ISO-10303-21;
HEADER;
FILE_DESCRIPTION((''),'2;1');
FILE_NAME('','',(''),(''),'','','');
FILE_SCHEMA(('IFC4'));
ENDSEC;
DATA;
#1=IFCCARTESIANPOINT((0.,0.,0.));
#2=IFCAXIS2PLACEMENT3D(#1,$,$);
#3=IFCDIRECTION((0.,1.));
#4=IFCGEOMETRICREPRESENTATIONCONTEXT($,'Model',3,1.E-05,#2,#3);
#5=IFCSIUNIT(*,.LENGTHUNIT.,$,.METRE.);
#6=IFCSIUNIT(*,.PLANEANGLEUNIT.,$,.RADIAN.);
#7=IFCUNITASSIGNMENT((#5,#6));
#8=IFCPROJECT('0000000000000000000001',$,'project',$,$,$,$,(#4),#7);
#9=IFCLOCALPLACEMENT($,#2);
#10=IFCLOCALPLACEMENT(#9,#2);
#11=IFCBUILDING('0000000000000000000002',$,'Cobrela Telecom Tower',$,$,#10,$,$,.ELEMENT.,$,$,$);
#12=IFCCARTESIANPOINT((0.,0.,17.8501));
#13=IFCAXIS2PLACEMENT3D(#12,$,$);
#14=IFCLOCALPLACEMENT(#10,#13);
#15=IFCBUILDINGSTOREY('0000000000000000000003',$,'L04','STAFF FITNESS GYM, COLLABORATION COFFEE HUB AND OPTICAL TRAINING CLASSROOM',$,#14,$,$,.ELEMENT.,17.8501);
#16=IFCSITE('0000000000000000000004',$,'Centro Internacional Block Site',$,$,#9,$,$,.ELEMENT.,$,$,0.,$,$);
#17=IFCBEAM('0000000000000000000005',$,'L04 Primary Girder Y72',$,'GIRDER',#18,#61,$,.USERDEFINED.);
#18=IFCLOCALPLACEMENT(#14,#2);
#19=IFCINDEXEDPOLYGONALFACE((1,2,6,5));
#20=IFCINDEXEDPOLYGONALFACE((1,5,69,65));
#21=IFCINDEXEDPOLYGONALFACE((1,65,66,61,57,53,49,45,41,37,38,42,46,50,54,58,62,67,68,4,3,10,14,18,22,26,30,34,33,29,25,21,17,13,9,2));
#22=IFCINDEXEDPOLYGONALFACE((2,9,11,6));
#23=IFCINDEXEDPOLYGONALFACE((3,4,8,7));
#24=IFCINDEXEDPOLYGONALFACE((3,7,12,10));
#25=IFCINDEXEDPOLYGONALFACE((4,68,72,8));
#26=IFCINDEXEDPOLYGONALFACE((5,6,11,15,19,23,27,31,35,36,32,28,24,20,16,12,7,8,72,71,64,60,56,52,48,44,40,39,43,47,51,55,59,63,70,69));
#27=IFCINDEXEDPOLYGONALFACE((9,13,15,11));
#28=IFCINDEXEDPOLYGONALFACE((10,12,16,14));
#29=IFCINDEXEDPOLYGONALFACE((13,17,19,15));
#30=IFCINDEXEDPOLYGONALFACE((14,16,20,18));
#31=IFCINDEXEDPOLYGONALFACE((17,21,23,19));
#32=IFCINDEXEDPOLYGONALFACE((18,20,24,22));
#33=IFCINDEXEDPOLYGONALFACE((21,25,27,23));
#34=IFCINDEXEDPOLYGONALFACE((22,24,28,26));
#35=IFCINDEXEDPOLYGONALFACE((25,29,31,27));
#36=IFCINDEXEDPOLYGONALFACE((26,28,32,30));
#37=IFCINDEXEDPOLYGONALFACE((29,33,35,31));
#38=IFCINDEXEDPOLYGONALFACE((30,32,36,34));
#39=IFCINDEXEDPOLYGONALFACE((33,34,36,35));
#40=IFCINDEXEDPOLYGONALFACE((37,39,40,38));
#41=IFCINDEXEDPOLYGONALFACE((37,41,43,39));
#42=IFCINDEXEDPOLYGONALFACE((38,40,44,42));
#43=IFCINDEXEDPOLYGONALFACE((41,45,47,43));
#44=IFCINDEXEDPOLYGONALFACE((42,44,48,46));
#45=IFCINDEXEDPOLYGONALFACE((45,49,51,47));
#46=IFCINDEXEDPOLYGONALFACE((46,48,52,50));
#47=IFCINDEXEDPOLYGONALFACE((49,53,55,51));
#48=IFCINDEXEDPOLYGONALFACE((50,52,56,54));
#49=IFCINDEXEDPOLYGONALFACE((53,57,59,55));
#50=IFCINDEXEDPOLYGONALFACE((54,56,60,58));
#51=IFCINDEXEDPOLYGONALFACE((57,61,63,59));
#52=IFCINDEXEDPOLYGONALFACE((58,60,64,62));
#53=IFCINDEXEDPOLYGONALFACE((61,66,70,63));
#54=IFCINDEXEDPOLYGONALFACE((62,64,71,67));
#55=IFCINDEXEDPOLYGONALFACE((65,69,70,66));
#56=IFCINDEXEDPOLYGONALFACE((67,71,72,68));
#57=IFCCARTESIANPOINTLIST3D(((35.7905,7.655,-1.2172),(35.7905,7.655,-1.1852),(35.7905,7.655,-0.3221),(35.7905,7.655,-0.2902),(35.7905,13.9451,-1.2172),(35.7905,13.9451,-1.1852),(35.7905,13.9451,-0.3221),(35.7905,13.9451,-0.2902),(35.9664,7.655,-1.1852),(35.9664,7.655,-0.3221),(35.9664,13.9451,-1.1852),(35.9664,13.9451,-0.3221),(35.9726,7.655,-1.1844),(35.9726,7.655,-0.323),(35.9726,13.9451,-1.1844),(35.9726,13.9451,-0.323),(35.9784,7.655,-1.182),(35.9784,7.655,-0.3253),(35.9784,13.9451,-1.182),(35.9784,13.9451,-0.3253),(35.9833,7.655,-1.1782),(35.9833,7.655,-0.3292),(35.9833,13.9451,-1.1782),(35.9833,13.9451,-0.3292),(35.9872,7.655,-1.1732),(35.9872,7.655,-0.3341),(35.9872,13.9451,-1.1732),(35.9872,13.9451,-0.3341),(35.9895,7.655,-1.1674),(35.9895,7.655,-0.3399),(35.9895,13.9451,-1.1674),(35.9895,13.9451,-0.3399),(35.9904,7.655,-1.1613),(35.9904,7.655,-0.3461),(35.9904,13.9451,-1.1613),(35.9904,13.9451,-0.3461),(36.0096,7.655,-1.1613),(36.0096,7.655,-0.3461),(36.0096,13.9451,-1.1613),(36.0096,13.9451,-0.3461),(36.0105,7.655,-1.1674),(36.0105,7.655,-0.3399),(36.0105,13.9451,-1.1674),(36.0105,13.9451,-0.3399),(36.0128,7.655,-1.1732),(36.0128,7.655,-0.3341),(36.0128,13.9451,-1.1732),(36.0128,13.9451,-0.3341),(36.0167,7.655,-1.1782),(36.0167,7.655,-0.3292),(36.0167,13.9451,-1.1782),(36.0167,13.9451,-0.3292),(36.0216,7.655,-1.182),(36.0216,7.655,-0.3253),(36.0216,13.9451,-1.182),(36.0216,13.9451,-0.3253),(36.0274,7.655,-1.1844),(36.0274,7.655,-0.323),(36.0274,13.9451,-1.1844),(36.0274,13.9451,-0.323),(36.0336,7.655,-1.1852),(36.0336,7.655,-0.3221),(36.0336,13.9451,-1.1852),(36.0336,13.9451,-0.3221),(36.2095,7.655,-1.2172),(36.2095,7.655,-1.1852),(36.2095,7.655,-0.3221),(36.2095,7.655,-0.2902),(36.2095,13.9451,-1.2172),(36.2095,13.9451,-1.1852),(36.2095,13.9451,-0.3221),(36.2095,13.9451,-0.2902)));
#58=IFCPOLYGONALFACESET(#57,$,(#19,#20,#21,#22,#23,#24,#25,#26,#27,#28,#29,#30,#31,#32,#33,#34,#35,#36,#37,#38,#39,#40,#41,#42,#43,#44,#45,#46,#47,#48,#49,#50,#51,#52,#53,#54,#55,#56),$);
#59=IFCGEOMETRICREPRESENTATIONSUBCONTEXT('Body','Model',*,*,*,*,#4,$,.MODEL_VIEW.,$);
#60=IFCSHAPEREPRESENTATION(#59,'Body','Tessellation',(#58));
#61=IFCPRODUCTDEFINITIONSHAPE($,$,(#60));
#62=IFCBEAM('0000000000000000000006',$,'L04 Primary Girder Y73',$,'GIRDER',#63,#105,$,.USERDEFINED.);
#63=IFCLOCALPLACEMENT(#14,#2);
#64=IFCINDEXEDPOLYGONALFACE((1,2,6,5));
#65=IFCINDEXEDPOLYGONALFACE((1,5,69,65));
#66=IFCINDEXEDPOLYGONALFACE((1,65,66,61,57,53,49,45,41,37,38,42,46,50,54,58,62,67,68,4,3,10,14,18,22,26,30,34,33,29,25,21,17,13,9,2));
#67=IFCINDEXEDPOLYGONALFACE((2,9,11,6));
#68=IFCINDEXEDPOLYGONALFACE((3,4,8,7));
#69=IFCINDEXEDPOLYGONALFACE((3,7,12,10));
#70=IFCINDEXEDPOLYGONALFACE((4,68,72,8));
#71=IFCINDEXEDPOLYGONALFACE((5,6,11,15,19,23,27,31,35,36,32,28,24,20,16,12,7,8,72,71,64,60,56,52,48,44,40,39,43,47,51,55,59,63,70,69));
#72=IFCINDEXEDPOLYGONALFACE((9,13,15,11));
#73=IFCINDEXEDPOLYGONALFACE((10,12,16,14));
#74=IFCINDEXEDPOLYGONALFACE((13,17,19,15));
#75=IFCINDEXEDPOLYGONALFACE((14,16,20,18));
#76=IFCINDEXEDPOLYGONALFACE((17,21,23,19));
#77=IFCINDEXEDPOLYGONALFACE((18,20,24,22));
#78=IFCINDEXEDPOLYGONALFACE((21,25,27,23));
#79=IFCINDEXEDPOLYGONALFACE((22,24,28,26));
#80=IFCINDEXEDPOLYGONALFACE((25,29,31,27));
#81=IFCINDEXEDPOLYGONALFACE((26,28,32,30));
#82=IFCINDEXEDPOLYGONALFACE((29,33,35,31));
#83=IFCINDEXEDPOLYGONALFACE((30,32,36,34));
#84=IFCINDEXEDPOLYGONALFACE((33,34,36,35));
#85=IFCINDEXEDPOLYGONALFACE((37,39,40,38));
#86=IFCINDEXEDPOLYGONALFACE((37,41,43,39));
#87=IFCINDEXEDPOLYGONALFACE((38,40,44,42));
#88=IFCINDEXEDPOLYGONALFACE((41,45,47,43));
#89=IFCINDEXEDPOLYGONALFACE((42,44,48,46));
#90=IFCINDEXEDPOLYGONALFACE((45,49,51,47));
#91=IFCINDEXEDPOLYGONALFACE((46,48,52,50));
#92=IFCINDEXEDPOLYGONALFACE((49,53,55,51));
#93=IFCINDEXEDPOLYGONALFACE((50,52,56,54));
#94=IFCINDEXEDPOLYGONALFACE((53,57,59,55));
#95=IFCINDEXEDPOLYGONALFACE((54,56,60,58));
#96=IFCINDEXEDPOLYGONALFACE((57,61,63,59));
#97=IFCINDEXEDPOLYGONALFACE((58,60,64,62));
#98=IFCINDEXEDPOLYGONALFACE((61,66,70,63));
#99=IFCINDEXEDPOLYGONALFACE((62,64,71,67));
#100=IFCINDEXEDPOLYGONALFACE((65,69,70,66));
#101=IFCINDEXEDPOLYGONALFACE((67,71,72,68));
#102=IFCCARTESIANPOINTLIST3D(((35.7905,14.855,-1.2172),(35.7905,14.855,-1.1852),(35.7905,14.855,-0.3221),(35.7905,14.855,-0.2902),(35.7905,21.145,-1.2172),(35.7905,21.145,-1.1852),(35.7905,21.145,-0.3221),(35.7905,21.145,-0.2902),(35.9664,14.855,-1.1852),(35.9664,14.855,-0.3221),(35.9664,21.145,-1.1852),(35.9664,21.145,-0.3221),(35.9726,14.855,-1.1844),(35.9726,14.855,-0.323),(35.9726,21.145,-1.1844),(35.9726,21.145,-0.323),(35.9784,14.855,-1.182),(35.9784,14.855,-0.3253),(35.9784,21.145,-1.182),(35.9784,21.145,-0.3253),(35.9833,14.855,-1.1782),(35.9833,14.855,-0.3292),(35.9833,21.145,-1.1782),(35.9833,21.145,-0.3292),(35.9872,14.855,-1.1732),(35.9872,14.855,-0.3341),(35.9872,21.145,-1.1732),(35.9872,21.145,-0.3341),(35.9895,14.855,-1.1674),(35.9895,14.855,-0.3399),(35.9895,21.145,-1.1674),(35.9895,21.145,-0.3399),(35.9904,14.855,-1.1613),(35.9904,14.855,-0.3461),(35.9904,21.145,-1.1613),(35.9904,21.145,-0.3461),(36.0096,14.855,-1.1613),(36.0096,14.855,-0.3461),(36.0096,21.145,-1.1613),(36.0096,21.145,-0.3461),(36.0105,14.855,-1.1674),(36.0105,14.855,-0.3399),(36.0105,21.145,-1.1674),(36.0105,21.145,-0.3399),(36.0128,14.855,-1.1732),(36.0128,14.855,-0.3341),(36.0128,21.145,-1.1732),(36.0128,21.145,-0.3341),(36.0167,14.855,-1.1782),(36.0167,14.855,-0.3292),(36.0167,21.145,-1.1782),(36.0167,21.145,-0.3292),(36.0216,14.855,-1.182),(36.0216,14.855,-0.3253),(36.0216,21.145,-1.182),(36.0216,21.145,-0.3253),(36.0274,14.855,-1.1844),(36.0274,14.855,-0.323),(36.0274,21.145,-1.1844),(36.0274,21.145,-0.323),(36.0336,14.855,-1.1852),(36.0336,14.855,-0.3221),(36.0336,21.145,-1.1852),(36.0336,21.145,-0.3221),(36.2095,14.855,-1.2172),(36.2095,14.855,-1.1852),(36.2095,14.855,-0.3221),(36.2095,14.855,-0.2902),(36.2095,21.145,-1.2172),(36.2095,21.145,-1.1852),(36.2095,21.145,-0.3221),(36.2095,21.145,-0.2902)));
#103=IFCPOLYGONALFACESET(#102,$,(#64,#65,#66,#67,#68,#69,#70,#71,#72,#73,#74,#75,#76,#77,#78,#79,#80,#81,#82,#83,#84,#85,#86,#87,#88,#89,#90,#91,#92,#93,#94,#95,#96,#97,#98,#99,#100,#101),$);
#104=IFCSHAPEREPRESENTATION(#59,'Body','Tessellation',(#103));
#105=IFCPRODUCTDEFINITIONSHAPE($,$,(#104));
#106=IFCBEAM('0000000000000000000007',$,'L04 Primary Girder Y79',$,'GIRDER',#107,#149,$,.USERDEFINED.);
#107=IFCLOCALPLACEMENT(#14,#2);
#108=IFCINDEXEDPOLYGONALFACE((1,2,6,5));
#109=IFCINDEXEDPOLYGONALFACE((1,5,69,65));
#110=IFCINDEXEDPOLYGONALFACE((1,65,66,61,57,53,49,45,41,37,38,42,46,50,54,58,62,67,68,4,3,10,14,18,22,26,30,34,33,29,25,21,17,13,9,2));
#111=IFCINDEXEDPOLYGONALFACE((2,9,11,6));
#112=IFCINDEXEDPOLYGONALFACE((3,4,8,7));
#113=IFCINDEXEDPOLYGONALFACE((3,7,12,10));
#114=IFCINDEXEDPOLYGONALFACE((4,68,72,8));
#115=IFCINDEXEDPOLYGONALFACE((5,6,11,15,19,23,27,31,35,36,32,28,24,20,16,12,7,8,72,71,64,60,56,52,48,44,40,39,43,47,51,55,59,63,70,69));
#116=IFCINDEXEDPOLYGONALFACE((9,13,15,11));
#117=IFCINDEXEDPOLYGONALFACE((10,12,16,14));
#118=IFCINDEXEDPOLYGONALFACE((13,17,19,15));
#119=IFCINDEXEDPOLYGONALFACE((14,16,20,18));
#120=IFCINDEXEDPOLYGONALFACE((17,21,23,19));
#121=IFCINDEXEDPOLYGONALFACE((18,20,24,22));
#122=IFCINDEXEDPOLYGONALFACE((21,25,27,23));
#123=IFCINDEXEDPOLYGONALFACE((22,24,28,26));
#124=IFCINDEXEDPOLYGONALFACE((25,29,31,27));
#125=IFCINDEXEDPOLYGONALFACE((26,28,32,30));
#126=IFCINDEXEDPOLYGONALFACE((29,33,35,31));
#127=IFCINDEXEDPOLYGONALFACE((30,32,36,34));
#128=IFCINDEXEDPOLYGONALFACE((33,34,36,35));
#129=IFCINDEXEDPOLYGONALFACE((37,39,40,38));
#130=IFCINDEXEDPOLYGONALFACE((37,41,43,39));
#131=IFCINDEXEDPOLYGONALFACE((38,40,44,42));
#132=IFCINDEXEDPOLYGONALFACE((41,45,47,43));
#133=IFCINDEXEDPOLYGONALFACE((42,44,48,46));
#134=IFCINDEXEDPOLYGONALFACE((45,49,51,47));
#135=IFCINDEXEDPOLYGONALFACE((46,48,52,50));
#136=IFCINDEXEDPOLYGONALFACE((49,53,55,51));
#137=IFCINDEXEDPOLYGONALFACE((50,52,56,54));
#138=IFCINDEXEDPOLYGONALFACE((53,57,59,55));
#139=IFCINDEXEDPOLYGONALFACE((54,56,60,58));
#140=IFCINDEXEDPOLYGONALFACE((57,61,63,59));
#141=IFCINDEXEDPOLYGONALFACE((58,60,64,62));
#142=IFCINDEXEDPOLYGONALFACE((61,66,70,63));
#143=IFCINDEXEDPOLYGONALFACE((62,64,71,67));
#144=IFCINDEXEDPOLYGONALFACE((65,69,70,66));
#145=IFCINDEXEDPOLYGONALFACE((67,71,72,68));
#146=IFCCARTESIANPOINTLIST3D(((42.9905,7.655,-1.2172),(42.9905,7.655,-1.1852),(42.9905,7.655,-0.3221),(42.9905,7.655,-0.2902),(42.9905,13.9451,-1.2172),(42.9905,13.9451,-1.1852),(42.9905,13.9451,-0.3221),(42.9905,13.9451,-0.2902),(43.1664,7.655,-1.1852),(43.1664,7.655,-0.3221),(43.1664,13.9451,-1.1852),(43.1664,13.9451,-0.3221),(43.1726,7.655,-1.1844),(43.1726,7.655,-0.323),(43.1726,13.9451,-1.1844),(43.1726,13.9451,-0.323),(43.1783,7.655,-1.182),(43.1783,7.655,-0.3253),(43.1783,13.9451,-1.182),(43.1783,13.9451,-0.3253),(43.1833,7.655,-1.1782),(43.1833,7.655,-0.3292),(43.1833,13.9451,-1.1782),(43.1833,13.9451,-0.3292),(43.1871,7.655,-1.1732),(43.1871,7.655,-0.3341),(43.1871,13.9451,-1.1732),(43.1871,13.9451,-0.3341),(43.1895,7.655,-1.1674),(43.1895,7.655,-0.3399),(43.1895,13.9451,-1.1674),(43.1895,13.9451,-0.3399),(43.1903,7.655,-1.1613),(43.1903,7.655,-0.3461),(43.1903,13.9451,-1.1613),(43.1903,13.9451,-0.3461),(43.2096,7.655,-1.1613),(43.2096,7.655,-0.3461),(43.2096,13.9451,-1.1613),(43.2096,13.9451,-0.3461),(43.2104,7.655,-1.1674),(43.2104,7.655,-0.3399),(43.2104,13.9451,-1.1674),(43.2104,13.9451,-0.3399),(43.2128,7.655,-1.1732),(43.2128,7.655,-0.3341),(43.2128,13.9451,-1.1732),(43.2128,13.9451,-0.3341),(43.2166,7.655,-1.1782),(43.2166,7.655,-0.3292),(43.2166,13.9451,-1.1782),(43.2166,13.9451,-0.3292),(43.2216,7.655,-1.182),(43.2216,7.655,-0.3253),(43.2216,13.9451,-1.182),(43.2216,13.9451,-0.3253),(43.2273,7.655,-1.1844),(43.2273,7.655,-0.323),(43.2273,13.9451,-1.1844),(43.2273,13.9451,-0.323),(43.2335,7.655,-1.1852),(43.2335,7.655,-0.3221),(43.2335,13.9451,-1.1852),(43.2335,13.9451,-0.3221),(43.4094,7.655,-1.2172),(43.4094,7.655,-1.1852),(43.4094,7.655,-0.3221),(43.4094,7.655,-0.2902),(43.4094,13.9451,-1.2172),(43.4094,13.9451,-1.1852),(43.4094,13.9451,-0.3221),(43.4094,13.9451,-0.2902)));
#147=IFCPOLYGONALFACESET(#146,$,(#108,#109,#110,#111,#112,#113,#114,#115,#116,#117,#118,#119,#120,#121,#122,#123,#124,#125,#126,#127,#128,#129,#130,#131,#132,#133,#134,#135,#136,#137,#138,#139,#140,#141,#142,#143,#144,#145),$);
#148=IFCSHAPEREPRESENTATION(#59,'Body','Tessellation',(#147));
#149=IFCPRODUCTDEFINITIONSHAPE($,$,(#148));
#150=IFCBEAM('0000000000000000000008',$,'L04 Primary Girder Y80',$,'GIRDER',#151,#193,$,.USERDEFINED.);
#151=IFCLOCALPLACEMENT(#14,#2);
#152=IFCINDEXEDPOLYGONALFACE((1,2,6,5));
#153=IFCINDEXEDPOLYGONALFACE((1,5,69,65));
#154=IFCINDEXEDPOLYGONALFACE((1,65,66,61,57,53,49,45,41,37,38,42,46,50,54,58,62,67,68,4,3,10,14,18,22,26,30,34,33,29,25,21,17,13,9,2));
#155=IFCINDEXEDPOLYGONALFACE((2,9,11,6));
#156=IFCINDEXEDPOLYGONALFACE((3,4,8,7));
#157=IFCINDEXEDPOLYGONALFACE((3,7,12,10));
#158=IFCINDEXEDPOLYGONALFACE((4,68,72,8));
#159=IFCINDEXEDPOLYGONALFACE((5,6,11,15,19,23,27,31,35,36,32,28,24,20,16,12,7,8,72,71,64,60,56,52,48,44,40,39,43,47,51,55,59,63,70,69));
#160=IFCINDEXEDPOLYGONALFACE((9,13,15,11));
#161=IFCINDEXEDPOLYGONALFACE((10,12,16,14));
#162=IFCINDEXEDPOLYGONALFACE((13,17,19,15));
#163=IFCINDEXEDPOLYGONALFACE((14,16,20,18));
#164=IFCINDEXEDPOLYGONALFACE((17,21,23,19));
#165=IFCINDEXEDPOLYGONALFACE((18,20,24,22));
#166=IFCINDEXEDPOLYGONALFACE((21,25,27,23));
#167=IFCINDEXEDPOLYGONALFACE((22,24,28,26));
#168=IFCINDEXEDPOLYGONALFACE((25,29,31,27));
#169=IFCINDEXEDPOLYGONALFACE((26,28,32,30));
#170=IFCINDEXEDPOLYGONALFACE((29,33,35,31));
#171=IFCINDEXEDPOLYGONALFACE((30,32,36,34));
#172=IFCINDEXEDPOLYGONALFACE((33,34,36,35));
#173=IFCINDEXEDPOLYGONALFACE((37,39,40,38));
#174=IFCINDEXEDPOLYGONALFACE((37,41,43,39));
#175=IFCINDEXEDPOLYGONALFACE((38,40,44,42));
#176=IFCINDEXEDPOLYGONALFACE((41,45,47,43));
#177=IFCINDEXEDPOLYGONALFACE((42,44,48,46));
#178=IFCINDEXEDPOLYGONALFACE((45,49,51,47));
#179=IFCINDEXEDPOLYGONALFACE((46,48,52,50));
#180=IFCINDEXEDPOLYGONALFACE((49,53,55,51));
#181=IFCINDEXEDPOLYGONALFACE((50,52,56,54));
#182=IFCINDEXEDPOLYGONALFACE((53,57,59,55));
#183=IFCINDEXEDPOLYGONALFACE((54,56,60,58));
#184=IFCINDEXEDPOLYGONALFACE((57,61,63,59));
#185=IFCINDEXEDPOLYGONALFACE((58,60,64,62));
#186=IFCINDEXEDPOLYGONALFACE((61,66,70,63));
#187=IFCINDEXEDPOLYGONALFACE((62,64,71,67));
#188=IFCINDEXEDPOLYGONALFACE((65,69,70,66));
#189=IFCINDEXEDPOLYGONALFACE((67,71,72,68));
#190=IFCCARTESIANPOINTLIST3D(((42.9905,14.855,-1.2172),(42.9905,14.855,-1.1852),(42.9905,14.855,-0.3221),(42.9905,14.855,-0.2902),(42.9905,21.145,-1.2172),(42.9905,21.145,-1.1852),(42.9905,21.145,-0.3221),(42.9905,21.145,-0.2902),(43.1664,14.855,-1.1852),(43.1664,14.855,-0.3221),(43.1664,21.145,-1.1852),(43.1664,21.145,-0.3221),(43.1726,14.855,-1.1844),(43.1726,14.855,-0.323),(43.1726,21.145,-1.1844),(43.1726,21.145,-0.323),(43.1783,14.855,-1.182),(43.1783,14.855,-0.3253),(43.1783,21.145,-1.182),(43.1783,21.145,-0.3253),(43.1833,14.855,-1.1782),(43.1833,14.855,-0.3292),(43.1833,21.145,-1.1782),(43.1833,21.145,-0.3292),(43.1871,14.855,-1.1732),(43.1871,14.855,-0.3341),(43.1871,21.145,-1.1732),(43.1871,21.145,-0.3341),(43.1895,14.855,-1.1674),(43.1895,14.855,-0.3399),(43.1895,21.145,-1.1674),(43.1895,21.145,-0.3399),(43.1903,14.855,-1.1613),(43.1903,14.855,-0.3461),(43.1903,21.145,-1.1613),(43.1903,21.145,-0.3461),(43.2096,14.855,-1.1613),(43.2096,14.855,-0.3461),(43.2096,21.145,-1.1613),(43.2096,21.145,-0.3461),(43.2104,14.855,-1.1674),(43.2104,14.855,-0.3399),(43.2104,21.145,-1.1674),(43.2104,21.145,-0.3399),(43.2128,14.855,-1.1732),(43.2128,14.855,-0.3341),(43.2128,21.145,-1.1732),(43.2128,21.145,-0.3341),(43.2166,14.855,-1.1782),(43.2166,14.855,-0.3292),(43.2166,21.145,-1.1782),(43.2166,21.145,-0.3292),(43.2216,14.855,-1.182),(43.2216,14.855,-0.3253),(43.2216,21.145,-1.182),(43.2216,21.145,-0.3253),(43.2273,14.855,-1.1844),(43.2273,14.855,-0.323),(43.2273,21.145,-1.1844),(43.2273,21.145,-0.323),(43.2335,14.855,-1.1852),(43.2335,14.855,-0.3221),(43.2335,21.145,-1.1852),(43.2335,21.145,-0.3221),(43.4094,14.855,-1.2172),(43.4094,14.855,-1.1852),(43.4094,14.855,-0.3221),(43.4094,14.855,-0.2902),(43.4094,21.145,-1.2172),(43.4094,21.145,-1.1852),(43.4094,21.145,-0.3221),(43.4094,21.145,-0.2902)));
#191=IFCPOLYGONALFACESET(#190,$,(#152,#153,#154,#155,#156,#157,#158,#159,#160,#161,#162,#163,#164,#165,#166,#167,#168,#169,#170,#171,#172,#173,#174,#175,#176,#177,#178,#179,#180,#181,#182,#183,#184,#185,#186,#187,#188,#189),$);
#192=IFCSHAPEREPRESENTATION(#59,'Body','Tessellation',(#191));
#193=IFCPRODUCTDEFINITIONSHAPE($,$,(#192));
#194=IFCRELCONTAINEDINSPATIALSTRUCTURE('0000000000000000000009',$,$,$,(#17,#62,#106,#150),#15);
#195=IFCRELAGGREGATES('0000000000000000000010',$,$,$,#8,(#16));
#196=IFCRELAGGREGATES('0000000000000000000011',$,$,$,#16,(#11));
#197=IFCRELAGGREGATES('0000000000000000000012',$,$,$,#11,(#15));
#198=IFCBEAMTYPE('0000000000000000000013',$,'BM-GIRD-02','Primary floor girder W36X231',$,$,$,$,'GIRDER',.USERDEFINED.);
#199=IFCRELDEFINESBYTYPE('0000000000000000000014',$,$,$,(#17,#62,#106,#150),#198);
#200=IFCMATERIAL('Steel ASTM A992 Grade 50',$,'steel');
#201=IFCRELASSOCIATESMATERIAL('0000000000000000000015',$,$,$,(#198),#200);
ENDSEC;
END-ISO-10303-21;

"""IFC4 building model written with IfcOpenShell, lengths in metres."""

from ifc_helpers import new_model, si_unit, direction, frame, origin, origin_2d, place, context, subcontext, project, spatial, i_section, extrude, material, material_profile, profile_set, type_object, element, save


model = new_model("IFC4")

# Units and contexts
model_context = context("Model", 3, precision=1e-05, world=origin(), true_north=direction((0.0, 1.0)))
body_context = subcontext(model_context, "Body", "Model", "MODEL_VIEW")
ifc_project = project(units=[si_unit("LENGTHUNIT", "METRE"), si_unit("PLANEANGLEUNIT", "RADIAN")], contexts=[model_context])

# Site, building, storey
site_placement = place(None, origin())
site = spatial("IfcSite", under=ifc_project, at=site_placement, Name="Centro Internacional Block Site", CompositionType="ELEMENT", RefElevation=0.0)
building_placement = place(site_placement, origin())
building = spatial("IfcBuilding", under=site, at=building_placement, Name="Cobrela Telecom Tower", CompositionType="ELEMENT")
storey_placement = place(building_placement, frame((0.0, 0.0, 17.8501)))
storey = spatial("IfcBuildingStorey", under=building, at=storey_placement, Name="L04", Description="STAFF FITNESS GYM, COLLABORATION COFFEE HUB AND OPTICAL TRAINING CLASSROOM", CompositionType="ELEMENT", Elevation=17.8501)

# Beams
ifc_material_1 = material(Name="Steel ASTM A992 Grade 50", Category="steel")
ifc_material_profile_1 = material_profile(ifc_material_1, i_section(OverallWidth=0.4189, OverallDepth=0.927, WebThickness=0.0193, FlangeThickness=0.032, FilletRadius=0.0239, at=origin_2d()), Name="W36X231")
ifc_profile_set_1 = profile_set([ifc_material_profile_1], Name="Steel ASTM A992 Grade 50")
beam_type_1 = type_object("IfcBeamType", Name="BM-GIRD-02", Description="Primary floor girder W36X231", ElementType="GIRDER", PredefinedType="USERDEFINED", material=ifc_profile_set_1)
for number, where, z_axis, x_axis, name in (
    (1, (36.0, 7.655, -0.7537), (0.0, 1.0, 0.0), (-1.0, 0.0, 0.0), "L04 Primary Girder Y72"),
    (2, (36.0, 14.855, -0.7537), (0.0, 1.0, 0.0), (-1.0, 0.0, 0.0), "L04 Primary Girder Y73"),
    (3, (43.2, 7.655, -0.7537), (0.0, 1.0, 0.0), (-1.0, 0.0, 0.0), "L04 Primary Girder Y79"),
    (4, (43.2, 14.855, -0.7537), (0.0, 1.0, 0.0), (-1.0, 0.0, 0.0), "L04 Primary Girder Y80"),
):
    element("IfcBeam", number, at=place(storey_placement, frame(where, z_axis=z_axis, x_axis=x_axis)), inside=storey, type_object=beam_type_1, Name=name, ObjectType="GIRDER", PredefinedType="USERDEFINED", context=body_context, shape_type="SweptSolid", body=[
        extrude(i_section(OverallWidth=0.4189, OverallDepth=0.927, WebThickness=0.0193, FlangeThickness=0.032, FilletRadius=0.0239, at=origin_2d()), origin(), (0.0, 0.0, 1.0), 6.29),
    ])

save(model, "model.ifc")
